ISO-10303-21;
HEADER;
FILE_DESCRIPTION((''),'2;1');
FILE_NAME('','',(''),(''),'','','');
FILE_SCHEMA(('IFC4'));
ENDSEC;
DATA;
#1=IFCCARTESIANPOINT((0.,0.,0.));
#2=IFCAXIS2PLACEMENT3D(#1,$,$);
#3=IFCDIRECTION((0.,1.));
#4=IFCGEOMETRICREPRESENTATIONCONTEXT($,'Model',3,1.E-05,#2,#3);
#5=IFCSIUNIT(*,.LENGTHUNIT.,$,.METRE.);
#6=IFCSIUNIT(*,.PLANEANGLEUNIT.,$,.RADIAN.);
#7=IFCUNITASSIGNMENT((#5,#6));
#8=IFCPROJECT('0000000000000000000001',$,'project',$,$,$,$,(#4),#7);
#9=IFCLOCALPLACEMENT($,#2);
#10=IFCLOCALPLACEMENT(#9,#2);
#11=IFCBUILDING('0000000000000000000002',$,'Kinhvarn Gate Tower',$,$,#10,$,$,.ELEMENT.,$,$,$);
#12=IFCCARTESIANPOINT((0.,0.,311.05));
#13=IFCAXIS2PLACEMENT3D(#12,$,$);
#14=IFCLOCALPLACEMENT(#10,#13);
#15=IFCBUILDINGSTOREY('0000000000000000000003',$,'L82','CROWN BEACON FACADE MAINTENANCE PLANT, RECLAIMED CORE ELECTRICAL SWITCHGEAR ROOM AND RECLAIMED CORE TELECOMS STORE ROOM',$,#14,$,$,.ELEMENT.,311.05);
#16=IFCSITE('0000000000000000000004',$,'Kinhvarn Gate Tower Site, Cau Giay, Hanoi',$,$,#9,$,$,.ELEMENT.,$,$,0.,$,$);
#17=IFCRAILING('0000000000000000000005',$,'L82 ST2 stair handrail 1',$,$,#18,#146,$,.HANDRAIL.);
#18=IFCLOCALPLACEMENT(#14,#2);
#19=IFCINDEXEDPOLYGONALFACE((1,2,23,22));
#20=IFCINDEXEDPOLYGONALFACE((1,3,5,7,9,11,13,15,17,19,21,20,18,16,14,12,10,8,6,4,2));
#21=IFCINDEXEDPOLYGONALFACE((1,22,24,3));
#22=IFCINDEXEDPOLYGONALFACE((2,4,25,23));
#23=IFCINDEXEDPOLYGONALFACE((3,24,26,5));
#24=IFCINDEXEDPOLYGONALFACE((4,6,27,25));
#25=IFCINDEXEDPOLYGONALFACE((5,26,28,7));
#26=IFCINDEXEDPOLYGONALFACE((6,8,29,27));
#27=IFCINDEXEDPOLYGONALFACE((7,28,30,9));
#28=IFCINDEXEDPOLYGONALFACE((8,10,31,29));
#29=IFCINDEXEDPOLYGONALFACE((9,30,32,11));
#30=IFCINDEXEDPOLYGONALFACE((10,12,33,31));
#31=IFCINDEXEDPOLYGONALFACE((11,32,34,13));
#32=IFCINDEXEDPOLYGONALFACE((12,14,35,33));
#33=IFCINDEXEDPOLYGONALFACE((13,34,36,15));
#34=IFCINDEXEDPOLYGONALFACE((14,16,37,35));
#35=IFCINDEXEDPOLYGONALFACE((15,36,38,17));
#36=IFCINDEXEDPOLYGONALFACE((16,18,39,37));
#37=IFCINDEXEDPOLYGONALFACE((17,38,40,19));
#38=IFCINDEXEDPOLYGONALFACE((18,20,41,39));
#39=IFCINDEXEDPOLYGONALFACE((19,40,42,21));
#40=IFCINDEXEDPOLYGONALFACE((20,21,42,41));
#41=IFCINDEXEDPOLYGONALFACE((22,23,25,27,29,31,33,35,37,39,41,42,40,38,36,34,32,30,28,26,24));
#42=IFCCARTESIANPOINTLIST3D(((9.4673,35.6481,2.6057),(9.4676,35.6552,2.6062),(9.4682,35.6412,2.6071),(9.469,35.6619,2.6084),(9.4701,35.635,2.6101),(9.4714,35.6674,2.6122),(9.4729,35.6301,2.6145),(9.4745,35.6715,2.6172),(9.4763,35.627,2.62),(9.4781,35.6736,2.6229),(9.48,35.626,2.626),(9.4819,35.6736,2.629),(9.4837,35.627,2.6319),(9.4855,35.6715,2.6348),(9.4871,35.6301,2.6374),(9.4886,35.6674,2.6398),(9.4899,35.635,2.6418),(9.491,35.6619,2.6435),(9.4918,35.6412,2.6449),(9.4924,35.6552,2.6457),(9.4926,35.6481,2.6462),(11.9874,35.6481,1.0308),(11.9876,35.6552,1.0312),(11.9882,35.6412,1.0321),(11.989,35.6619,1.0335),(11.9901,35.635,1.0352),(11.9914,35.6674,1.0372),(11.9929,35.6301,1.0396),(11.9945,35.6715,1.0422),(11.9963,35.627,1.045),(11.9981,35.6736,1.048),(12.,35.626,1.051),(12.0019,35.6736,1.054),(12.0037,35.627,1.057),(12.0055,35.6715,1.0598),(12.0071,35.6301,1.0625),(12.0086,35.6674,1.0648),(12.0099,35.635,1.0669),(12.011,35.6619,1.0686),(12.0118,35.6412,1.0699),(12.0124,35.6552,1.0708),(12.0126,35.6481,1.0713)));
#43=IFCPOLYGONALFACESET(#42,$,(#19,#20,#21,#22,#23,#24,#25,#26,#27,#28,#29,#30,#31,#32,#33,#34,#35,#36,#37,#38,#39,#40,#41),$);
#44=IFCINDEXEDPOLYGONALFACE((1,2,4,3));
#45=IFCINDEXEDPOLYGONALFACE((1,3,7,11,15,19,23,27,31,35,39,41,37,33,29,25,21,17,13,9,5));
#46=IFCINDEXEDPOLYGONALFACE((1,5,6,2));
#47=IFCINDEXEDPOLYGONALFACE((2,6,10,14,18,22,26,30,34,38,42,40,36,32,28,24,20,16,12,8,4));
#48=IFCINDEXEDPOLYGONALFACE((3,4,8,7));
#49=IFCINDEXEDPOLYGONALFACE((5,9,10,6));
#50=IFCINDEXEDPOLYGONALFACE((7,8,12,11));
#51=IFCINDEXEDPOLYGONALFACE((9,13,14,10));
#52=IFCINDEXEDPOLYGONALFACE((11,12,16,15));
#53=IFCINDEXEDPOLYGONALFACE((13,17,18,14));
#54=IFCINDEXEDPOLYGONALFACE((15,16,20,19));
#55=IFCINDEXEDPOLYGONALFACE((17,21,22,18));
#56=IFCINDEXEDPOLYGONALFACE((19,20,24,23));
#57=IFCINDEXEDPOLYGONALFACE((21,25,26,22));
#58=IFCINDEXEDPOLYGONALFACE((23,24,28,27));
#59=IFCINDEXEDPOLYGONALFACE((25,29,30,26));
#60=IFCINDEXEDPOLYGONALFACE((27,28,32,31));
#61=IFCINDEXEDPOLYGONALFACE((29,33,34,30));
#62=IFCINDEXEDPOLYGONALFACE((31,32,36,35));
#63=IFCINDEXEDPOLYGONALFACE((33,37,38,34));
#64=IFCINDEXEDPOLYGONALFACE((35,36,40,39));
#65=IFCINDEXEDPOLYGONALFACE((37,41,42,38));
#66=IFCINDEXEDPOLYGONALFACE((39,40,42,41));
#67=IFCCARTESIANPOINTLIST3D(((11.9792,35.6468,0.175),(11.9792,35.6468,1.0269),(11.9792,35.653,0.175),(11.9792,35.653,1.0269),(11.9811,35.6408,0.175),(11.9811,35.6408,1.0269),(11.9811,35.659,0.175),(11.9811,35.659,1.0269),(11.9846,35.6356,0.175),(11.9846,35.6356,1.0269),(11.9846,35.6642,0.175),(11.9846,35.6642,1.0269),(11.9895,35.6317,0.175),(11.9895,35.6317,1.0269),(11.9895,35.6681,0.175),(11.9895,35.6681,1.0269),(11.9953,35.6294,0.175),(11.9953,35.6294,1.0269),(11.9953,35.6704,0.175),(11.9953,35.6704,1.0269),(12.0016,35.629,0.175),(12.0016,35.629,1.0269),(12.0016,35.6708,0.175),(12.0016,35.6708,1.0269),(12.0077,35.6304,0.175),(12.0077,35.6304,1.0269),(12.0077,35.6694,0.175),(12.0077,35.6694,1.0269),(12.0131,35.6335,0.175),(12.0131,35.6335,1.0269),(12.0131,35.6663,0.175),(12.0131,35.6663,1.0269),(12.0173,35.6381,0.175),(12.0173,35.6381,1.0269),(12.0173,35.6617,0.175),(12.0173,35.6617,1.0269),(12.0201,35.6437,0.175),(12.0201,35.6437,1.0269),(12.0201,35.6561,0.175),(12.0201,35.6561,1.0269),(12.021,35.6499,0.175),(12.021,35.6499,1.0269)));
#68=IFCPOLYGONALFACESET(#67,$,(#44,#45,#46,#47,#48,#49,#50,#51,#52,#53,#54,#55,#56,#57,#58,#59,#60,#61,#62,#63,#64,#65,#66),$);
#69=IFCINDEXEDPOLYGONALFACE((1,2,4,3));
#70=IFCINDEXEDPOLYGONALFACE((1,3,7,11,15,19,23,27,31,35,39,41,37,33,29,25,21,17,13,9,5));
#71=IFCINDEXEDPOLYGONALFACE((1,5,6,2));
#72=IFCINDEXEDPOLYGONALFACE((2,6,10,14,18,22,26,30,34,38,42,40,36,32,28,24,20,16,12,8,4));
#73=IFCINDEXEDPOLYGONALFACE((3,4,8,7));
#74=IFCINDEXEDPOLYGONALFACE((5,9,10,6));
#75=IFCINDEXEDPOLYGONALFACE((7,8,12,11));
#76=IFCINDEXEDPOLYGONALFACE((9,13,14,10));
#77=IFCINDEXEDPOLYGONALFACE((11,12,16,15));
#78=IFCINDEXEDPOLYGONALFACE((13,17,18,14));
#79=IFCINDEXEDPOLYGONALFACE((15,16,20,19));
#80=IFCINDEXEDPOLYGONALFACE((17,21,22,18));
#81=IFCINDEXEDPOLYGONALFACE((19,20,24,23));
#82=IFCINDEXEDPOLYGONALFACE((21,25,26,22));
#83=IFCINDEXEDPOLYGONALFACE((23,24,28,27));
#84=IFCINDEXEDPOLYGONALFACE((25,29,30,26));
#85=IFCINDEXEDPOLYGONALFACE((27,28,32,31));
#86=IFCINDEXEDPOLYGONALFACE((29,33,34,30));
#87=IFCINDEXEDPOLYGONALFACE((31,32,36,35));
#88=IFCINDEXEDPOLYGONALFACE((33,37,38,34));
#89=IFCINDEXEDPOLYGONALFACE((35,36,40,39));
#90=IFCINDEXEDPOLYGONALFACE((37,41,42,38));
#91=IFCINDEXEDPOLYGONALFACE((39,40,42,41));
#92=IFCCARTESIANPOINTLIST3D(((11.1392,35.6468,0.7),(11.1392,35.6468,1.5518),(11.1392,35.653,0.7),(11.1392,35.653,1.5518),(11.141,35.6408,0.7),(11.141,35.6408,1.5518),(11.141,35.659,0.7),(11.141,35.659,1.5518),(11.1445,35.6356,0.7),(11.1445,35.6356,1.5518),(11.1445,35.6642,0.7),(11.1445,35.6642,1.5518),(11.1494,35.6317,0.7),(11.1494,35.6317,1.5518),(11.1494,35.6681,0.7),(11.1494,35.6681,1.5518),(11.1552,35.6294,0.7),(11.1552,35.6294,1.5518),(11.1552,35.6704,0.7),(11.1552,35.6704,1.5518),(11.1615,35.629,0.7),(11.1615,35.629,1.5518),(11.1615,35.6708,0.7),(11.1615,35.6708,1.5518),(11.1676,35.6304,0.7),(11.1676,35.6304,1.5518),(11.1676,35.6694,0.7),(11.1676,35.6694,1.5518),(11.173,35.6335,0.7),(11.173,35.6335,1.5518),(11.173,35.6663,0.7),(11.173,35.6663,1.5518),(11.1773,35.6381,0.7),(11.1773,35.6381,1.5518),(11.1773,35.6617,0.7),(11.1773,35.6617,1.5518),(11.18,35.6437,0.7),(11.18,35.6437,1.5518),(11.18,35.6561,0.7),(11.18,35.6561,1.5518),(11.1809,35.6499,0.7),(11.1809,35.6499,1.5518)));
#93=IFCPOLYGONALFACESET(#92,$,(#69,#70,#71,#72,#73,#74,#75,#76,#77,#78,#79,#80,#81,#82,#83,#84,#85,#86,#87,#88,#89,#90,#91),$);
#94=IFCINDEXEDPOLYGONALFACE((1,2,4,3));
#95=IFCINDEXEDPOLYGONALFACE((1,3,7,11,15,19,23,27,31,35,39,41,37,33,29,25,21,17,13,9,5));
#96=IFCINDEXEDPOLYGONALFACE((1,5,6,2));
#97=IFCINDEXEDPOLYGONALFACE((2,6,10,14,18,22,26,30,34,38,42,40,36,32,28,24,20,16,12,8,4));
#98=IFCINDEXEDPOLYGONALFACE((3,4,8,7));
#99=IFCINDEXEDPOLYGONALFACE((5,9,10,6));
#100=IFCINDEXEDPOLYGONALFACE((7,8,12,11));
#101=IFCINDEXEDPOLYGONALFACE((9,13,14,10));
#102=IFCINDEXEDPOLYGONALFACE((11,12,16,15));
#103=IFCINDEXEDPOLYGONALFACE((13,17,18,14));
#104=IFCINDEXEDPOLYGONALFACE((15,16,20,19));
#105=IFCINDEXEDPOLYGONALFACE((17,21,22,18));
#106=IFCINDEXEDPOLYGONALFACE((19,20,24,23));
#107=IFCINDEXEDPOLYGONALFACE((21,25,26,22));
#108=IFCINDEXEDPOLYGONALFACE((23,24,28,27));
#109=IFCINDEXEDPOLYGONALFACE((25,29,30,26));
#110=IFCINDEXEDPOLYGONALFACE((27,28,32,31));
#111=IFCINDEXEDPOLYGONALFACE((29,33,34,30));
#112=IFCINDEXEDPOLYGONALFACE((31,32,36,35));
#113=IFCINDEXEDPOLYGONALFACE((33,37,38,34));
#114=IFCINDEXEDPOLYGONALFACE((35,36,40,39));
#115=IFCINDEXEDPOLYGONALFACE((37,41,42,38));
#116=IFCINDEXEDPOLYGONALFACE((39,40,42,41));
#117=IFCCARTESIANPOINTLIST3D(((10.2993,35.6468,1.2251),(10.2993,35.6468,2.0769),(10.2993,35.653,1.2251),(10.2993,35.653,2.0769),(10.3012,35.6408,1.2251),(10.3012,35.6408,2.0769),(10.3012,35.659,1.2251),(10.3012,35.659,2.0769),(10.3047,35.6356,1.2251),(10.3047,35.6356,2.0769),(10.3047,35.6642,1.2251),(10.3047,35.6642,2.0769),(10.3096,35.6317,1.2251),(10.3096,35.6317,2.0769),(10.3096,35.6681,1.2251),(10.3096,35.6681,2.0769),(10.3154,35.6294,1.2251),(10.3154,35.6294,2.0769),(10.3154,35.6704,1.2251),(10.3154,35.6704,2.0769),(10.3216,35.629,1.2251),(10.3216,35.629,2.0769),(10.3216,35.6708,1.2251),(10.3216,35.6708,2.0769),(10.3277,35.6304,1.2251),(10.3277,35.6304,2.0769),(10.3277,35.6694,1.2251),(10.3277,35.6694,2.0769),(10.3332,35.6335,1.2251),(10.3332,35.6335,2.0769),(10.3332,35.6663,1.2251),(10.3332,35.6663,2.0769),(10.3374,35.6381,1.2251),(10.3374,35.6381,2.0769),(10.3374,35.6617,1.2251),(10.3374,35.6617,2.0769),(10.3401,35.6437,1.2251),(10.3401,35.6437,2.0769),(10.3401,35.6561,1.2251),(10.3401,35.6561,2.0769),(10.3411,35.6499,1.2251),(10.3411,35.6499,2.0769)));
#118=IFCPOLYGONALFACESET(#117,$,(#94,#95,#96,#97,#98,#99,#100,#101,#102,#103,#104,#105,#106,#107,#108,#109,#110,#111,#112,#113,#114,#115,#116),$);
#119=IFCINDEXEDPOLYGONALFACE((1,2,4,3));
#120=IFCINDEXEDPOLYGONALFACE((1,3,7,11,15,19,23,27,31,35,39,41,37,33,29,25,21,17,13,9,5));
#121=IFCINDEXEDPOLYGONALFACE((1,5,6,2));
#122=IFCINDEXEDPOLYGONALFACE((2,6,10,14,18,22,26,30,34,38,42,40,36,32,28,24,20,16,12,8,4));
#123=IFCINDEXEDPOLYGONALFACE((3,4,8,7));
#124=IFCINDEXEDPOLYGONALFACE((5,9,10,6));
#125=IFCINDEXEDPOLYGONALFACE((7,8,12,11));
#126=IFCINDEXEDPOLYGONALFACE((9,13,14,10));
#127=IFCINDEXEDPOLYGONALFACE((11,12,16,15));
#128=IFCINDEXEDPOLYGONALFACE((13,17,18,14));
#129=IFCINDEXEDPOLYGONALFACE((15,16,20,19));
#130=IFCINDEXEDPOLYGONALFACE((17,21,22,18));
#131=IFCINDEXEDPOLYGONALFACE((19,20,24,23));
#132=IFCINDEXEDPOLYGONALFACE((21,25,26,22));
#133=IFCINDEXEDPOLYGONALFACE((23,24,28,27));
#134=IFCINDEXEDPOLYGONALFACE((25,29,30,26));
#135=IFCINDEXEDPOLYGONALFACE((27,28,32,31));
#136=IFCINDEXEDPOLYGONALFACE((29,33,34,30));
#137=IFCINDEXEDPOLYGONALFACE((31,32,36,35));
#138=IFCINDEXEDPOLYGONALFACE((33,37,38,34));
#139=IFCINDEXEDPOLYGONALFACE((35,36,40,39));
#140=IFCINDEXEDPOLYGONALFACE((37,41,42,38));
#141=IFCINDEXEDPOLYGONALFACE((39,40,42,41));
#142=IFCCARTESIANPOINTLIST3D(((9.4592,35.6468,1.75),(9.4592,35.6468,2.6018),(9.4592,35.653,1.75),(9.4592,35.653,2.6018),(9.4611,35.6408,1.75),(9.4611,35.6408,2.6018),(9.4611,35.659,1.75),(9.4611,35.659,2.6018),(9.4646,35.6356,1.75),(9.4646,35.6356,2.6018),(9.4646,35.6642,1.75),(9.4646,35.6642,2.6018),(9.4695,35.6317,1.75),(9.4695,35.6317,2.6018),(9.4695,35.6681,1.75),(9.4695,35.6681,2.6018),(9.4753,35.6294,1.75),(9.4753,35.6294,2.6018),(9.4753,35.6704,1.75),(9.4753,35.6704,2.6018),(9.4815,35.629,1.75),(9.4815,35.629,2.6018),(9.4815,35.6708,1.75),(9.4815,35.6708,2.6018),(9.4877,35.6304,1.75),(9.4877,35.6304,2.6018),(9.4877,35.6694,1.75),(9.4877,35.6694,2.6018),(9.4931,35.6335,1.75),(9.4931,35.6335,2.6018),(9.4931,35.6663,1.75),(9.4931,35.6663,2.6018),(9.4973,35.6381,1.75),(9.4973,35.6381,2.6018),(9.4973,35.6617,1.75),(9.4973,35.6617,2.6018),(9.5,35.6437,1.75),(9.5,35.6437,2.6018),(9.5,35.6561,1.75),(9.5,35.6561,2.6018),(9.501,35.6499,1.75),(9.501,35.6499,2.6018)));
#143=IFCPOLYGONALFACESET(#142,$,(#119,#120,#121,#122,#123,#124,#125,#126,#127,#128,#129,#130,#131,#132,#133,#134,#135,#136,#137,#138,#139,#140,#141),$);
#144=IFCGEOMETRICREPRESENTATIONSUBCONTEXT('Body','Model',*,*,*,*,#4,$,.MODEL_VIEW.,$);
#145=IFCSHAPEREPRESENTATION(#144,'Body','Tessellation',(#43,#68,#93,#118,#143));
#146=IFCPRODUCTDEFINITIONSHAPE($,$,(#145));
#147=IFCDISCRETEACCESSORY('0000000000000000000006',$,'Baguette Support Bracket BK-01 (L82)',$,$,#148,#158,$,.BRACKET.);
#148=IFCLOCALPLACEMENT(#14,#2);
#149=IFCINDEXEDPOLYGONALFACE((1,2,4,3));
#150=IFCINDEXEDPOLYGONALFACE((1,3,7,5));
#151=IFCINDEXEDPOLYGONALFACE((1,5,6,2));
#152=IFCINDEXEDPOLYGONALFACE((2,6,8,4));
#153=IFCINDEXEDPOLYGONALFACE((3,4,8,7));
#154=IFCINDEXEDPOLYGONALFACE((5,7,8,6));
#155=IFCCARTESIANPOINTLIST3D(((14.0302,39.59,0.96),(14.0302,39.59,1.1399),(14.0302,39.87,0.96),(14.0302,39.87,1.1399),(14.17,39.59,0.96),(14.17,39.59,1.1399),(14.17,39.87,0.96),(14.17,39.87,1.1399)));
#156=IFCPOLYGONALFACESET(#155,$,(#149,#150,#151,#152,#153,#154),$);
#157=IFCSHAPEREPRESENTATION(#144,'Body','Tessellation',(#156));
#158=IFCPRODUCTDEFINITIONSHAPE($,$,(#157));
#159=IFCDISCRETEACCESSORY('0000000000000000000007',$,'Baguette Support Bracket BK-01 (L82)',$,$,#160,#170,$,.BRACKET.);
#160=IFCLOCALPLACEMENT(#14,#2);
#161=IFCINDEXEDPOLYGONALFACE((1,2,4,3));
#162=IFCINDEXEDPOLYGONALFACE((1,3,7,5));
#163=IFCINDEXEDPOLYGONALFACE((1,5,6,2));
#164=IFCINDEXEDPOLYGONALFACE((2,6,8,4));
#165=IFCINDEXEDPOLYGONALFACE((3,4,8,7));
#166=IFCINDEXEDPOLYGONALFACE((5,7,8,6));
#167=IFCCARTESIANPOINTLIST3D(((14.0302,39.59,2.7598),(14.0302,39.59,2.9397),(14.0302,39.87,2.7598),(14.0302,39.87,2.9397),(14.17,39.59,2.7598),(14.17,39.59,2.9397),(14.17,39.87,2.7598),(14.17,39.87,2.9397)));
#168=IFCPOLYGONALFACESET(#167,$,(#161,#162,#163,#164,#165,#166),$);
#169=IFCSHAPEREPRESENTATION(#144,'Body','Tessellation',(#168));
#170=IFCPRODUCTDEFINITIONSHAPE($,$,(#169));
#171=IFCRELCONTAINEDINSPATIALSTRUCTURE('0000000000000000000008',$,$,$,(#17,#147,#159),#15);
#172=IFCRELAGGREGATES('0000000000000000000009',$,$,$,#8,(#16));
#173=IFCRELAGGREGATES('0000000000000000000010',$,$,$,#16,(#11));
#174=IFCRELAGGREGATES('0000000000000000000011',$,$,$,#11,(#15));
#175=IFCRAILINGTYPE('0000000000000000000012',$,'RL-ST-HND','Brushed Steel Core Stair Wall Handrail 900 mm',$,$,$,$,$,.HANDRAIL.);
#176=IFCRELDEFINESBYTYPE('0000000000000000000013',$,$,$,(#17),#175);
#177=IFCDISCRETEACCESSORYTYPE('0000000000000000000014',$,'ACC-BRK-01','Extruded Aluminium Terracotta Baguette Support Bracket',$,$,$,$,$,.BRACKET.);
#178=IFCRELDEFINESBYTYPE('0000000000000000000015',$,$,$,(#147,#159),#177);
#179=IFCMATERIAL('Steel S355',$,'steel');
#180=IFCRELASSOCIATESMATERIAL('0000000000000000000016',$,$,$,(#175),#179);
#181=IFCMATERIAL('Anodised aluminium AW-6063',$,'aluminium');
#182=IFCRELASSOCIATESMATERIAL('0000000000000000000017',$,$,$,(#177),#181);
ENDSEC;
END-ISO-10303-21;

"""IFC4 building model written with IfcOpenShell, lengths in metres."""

from ifc_helpers import new_model, si_unit, direction, frame, origin, origin_2d, place, context, subcontext, project, spatial, rectangle, circle, extrude, material, type_object, element, save


model = new_model("IFC4")

# Units and contexts
model_context = context("Model", 3, precision=1e-05, world=origin(), true_north=direction((0.0, 1.0)))
body_context = subcontext(model_context, "Body", "Model", "MODEL_VIEW")
ifc_project = project(units=[si_unit("LENGTHUNIT", "METRE"), si_unit("PLANEANGLEUNIT", "RADIAN")], contexts=[model_context])

# Site, building, storey
site_placement = place(None, origin())
site = spatial("IfcSite", under=ifc_project, at=site_placement, Name="Kinhvarn Gate Tower Site, Cau Giay, Hanoi", CompositionType="ELEMENT", RefElevation=0.0)
building_placement = place(site_placement, origin())
building = spatial("IfcBuilding", under=site, at=building_placement, Name="Kinhvarn Gate Tower", CompositionType="ELEMENT")
storey_placement = place(building_placement, frame((0.0, 0.0, 311.05)))
storey = spatial("IfcBuildingStorey", under=building, at=storey_placement, Name="L82", Description="CROWN BEACON FACADE MAINTENANCE PLANT, RECLAIMED CORE ELECTRICAL SWITCHGEAR ROOM AND RECLAIMED CORE TELECOMS STORE ROOM", CompositionType="ELEMENT", Elevation=311.05)

# Shared definitions
ifc_material_1 = material(Name="Anodised aluminium AW-6063", Category="aluminium")

# Railing
ifc_material_2 = material(Name="Steel S355", Category="steel")
railing_type_1 = type_object("IfcRailingType", Name="RL-ST-HND", Description="Brushed Steel Core Stair Wall Handrail 900 mm", PredefinedType="HANDRAIL", material=ifc_material_2)
railing_1_placement = place(storey_placement, frame((12.0, 35.6499, 0.175)))
element("IfcRailing", 1, at=railing_1_placement, inside=storey, type_object=railing_type_1, Name="L82 ST2 stair handrail 1", PredefinedType="HANDRAIL", context=body_context, shape_type="SweptSolid", body=[
    extrude(circle(Radius=0.0239, at=origin_2d()), frame((0.0, 0.0, 0.876), z_axis=(-0.848008, 0.0, 0.529984), x_axis=(0.0, -1.0, 0.0)), (0.0, 0.0, 1.0), 2.9717),
    extrude(circle(Radius=0.021, at=origin_2d()), origin(), (0.0, 0.0, 1.0), 0.8518),
    extrude(circle(Radius=0.021, at=origin_2d()), frame((-0.8401, 0.0, 0.5249)), (0.0, 0.0, 1.0), 0.8518),
    extrude(circle(Radius=0.021, at=origin_2d()), frame((-1.6799, 0.0, 1.05)), (0.0, 0.0, 1.0), 0.8518),
    extrude(circle(Radius=0.021, at=origin_2d()), frame((-2.52, 0.0, 1.575)), (0.0, 0.0, 1.0), 0.8518),
])

# Discrete accessories
discrete_accessory_type = type_object("IfcDiscreteAccessoryType", Name="ACC-BRK-01", Description="Extruded Aluminium Terracotta Baguette Support Bracket", PredefinedType="BRACKET", material=ifc_material_1)
for number, where, z_axis, x_axis, name in (
    (2, (14.1001, 39.73, 0.96), (0.0, 0.0, 1.0), (-1.0, 0.0, 0.0), "Baguette Support Bracket BK-01 (L82)"),
    (3, (14.1001, 39.73, 2.7598), (0.0, 0.0, 1.0), (-1.0, 0.0, 0.0), "Baguette Support Bracket BK-01 (L82)"),
):
    element("IfcDiscreteAccessory", number, at=place(storey_placement, frame(where, z_axis=z_axis, x_axis=x_axis)), inside=storey, type_object=discrete_accessory_type, Name=name, PredefinedType="BRACKET", context=body_context, shape_type="SweptSolid", body=[
        extrude(rectangle(XDim=0.1399, YDim=0.28, at=origin_2d()), origin(), (0.0, 0.0, 1.0), 0.1799),
    ])

save(model, "model.ifc")
